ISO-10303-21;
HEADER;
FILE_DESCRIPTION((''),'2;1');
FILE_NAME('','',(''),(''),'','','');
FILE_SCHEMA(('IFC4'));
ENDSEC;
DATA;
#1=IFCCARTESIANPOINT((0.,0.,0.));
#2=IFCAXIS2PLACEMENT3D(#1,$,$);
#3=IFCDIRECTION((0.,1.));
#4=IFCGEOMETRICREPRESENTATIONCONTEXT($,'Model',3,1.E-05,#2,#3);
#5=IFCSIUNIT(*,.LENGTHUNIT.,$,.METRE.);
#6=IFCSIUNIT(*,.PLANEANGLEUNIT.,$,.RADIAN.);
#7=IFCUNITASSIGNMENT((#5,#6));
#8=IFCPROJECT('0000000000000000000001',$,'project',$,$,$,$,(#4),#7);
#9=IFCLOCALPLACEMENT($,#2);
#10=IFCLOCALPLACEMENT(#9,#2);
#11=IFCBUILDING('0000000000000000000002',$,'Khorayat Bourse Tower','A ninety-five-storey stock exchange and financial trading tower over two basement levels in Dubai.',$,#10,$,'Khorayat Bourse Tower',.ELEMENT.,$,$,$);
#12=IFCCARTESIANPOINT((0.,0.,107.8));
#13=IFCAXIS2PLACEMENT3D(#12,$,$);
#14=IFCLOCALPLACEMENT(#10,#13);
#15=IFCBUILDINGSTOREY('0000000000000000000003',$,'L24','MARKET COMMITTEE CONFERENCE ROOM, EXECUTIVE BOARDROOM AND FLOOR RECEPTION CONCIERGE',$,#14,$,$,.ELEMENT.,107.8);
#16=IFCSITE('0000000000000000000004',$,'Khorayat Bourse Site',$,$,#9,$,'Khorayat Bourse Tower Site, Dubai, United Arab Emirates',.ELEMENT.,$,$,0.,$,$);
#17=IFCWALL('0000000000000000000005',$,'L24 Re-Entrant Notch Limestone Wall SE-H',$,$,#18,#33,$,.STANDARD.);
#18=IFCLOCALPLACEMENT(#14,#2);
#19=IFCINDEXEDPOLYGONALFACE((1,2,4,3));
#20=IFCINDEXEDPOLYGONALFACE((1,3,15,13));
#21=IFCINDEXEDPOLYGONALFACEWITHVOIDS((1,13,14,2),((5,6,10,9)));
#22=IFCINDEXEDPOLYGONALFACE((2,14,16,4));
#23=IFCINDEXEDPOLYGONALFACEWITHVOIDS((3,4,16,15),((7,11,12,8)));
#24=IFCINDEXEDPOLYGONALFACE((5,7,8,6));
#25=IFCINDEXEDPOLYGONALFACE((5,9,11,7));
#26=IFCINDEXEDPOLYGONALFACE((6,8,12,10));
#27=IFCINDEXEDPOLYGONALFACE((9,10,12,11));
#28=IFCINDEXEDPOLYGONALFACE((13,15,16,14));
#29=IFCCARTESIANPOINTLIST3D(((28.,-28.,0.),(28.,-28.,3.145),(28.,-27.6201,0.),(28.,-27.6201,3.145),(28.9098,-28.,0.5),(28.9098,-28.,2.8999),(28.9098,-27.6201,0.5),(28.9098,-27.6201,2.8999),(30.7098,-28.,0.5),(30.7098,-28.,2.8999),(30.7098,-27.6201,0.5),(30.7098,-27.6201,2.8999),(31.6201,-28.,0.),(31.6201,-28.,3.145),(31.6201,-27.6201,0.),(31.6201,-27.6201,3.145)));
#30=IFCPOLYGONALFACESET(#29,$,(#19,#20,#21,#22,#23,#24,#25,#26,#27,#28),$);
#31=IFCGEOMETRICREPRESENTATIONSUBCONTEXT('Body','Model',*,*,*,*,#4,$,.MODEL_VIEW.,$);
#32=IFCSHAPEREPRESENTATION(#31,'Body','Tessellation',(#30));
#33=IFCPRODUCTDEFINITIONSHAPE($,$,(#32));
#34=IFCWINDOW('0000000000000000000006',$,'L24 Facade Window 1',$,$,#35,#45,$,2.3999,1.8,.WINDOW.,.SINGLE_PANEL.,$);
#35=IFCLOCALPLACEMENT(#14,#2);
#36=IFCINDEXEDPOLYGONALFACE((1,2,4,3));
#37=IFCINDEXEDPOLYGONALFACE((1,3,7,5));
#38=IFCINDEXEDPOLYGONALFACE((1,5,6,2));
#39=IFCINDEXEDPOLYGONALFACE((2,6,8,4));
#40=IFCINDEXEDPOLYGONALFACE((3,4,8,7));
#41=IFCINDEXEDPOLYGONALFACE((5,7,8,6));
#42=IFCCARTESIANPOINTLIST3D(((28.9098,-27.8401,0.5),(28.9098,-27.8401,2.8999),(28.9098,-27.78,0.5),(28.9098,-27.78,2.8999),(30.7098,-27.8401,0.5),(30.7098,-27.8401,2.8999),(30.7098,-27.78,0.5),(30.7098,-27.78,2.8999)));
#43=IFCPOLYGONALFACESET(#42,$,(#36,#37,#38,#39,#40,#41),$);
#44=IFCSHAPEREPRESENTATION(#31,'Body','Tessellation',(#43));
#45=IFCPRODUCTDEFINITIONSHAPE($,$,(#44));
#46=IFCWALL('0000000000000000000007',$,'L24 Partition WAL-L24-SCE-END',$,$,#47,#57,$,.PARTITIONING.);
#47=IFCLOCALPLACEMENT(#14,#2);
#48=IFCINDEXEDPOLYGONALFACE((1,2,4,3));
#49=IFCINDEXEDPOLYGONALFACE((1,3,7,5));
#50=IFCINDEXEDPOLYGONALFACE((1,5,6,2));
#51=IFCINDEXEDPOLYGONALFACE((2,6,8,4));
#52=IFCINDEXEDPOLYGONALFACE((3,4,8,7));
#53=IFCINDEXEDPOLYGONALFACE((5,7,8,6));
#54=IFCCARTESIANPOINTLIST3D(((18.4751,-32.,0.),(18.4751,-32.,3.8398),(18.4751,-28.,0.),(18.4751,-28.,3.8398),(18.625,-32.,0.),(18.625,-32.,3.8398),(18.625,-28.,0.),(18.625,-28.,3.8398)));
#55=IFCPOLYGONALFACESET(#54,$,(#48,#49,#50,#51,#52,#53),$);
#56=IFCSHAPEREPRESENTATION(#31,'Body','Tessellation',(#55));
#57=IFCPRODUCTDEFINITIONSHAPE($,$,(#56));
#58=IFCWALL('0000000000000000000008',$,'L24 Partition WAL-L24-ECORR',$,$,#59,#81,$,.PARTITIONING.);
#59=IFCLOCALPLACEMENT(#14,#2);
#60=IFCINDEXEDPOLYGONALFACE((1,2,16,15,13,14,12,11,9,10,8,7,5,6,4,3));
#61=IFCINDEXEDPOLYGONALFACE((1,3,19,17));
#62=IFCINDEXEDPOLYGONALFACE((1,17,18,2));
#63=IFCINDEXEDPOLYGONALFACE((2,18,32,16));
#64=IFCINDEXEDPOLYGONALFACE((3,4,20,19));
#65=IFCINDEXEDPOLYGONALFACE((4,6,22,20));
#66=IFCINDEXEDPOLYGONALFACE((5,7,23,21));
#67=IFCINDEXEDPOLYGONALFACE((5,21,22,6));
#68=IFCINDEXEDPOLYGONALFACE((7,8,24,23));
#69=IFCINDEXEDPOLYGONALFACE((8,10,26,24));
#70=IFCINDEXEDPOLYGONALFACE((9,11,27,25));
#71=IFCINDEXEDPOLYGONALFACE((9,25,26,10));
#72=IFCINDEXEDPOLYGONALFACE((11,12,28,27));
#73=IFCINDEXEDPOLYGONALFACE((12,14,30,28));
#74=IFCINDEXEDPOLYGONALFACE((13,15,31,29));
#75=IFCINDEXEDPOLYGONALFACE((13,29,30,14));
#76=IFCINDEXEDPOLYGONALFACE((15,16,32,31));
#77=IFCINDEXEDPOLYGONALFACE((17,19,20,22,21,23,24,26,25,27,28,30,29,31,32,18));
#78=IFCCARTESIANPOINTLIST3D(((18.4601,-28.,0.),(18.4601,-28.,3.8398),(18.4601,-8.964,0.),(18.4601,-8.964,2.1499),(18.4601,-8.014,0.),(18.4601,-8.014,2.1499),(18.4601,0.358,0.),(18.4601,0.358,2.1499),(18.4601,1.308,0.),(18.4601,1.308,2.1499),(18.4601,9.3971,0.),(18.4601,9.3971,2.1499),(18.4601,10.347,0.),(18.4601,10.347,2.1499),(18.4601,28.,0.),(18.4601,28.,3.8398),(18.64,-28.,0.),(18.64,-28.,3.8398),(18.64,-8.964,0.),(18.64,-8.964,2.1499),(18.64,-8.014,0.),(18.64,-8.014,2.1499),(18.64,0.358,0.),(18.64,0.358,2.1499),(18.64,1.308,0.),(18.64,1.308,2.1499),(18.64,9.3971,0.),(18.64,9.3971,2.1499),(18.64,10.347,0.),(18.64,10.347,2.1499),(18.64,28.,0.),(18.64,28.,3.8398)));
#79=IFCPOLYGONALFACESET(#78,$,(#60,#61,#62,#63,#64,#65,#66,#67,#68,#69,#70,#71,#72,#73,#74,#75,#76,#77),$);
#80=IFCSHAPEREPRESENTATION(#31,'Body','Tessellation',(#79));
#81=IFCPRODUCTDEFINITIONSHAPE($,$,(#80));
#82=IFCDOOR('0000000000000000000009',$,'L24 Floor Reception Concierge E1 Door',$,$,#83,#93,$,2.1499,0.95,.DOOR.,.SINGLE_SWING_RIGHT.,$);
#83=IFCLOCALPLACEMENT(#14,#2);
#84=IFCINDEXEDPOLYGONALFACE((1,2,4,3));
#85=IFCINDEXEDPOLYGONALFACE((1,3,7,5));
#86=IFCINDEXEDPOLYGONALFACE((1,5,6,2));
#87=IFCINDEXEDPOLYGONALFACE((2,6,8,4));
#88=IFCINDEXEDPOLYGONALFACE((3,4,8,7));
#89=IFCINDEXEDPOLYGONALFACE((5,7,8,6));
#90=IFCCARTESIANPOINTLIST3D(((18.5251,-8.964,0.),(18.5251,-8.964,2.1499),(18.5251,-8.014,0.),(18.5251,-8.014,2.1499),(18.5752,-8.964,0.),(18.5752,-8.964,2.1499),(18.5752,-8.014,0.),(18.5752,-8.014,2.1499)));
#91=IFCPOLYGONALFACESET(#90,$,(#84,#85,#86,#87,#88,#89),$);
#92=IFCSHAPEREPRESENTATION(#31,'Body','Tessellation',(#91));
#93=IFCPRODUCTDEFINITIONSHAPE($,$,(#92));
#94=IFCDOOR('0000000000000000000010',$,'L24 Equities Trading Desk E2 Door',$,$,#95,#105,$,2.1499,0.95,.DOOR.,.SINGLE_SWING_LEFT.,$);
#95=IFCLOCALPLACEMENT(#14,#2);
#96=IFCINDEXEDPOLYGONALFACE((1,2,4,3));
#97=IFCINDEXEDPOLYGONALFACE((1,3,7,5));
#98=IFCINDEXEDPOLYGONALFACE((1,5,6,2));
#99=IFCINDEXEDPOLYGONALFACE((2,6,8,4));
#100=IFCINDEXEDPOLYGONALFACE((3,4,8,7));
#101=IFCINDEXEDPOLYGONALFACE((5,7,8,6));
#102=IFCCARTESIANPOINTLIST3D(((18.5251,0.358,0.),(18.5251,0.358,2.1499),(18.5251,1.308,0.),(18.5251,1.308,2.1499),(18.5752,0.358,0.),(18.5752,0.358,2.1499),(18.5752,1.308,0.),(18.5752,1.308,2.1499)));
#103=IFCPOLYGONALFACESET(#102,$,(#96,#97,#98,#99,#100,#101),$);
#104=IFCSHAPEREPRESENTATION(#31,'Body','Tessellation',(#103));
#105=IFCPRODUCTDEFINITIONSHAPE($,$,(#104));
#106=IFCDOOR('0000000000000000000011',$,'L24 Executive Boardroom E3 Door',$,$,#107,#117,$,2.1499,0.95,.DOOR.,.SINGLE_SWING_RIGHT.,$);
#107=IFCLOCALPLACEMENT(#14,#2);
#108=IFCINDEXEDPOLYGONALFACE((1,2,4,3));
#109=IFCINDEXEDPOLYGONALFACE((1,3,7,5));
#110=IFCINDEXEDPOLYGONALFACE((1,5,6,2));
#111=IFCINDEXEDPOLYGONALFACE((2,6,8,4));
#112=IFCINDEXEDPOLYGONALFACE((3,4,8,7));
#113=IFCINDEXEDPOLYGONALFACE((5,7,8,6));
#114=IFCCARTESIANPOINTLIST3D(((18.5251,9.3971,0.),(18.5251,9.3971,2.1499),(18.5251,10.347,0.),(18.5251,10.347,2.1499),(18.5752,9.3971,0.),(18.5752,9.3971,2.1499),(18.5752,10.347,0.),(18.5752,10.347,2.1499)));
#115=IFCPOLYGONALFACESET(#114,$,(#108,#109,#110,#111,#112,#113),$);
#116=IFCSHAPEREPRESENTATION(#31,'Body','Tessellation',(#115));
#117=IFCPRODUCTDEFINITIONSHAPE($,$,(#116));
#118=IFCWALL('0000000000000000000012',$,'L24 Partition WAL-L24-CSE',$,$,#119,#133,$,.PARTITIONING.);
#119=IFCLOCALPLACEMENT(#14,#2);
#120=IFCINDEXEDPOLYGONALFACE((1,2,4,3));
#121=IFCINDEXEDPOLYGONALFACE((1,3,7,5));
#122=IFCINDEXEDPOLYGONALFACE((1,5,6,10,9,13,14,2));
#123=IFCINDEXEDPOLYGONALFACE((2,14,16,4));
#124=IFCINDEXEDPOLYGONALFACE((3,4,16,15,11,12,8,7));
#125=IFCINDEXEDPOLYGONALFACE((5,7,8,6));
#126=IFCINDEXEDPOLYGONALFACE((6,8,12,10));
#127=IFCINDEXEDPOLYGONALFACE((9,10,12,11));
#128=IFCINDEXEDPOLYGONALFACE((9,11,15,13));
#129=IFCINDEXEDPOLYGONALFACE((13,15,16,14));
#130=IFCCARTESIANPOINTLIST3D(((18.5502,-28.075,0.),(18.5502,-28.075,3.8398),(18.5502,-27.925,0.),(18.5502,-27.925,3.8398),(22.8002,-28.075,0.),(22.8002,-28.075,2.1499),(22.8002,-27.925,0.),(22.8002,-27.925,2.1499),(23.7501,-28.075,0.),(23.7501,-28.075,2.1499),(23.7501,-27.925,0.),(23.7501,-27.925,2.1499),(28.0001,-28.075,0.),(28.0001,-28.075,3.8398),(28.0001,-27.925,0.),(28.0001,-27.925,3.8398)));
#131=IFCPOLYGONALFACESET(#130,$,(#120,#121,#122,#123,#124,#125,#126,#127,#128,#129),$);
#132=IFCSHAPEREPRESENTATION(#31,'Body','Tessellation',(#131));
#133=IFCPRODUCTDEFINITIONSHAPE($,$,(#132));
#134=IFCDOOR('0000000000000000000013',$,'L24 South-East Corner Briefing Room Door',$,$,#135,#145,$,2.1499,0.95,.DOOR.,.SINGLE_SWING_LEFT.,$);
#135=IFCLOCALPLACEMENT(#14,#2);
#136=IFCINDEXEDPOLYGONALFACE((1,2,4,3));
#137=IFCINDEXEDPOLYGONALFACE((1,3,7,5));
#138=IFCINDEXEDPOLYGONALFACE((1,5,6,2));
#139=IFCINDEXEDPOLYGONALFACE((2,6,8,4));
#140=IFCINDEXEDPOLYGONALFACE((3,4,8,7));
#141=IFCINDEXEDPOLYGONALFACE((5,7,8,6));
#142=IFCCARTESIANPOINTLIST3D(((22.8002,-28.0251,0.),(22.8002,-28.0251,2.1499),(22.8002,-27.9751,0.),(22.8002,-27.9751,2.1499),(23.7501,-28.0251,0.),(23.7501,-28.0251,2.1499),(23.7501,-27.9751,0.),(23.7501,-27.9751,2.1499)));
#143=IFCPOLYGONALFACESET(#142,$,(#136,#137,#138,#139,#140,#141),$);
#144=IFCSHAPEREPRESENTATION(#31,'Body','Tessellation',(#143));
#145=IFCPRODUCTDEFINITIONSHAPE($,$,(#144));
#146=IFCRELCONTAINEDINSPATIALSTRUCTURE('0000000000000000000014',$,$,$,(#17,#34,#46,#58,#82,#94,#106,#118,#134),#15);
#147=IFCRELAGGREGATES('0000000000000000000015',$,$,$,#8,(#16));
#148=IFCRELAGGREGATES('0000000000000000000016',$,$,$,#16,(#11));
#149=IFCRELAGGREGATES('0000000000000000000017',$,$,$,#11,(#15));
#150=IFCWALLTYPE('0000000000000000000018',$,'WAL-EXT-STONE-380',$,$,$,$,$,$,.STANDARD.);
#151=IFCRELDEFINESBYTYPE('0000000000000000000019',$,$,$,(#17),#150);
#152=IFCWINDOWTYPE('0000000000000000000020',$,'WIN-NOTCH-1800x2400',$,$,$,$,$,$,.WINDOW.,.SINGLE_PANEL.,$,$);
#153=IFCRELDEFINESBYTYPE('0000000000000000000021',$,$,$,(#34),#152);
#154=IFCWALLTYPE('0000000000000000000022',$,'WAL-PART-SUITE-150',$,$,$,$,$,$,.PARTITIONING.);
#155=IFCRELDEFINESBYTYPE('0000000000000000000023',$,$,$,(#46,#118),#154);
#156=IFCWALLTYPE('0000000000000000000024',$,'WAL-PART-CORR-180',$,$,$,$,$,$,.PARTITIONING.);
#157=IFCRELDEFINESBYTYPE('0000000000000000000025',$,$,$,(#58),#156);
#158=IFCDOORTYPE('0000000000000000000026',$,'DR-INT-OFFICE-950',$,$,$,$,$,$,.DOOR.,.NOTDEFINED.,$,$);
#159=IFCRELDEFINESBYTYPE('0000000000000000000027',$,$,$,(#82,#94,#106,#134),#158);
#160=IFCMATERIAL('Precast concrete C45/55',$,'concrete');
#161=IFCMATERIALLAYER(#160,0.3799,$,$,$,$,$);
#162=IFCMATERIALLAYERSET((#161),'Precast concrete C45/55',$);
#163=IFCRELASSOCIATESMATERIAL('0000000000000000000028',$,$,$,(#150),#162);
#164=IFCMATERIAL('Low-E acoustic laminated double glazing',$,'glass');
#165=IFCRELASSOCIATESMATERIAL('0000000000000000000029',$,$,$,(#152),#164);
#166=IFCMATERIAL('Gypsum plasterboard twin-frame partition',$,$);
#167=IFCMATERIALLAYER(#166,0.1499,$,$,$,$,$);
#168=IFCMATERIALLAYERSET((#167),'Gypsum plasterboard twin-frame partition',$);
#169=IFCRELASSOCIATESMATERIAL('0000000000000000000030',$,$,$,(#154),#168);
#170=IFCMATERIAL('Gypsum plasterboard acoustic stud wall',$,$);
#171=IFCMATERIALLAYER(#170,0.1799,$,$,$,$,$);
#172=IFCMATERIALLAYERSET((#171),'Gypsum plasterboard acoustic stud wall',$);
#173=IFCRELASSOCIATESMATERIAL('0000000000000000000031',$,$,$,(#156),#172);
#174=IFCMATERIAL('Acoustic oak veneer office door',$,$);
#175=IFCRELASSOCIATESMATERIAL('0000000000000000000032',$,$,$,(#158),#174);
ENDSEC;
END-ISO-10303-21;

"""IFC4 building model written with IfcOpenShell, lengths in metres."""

from ifc_helpers import new_model, si_unit, direction, frame, frame_2d, origin, place, context, subcontext, project, spatial, rectangle, extrude, source, transform, mapped, material, layer, layer_set, type_object, element, fill, save


model = new_model("IFC4")

# Units and contexts
model_context = context("Model", 3, precision=1e-05, world=origin(), true_north=direction((0.0, 1.0)))
body_context = subcontext(model_context, "Body", "Model", "MODEL_VIEW")
ifc_project = project(units=[si_unit("LENGTHUNIT", "METRE"), si_unit("PLANEANGLEUNIT", "RADIAN")], contexts=[model_context])

# Site, building, storey
site_placement = place(None, origin())
site = spatial("IfcSite", under=ifc_project, at=site_placement, Name="Khorayat Bourse Site", LongName="Khorayat Bourse Tower Site, Dubai, United Arab Emirates", CompositionType="ELEMENT", RefElevation=0.0)
building_placement = place(site_placement, origin())
building = spatial("IfcBuilding", under=site, at=building_placement, Name="Khorayat Bourse Tower", Description="A ninety-five-storey stock exchange and financial trading tower over two basement levels in Dubai.", LongName="Khorayat Bourse Tower", CompositionType="ELEMENT")
storey_placement = place(building_placement, frame((0.0, 0.0, 107.8)))
storey = spatial("IfcBuildingStorey", under=building, at=storey_placement, Name="L24", Description="MARKET COMMITTEE CONFERENCE ROOM, EXECUTIVE BOARDROOM AND FLOOR RECEPTION CONCIERGE", CompositionType="ELEMENT", Elevation=107.8)

# Wall, opening, window
ifc_material_1 = material(Name="Precast concrete C45/55", Category="concrete")
ifc_layer_1 = layer(ifc_material_1, 0.3799)
ifc_layer_set_1 = layer_set([ifc_layer_1], Name="Precast concrete C45/55")
wall_type_1 = type_object("IfcWallType", Name="WAL-EXT-STONE-380", PredefinedType="STANDARD", material=ifc_layer_set_1)
shared_shape_1 = source(origin(), body_context, "Body", "SweptSolid", [
    extrude(rectangle(XDim=3.6201, YDim=0.3799, at=frame_2d((1.8101, 0.0))), origin(), (0.0, 0.0, 1.0), 3.145),
])
shared_shape_2 = source(origin(), body_context, "Body", "SweptSolid", [
    extrude(rectangle(XDim=1.8, YDim=2.3999, at=frame_2d((0.8999, 1.2))), frame((0.0, 0.2, 0.0), z_axis=(0.0, -1.0, 0.0), x_axis=(1.0, 0.0, 0.0)), (0.0, 0.0, 1.0), 0.3999),
])
ifc_material_2 = material(Name="Low-E acoustic laminated double glazing", Category="glass")
window_type = type_object("IfcWindowType", Name="WIN-NOTCH-1800x2400", PartitioningType="SINGLE_PANEL", PredefinedType="WINDOW", material=ifc_material_2)
shared_shape_3 = source(origin(), body_context, "Body", "SweptSolid", [
    extrude(rectangle(XDim=1.8, YDim=2.3999, at=frame_2d((0.8999, 1.2))), frame((0.0, 0.03, 0.0), z_axis=(0.0, -1.0, 0.0), x_axis=(1.0, 0.0, 0.0)), (0.0, 0.0, 1.0), 0.0601),
])
wall_1_placement = place(storey_placement, frame((28.0, -27.8101, 0.0), z_axis=(0.0, 0.0, 1.0), x_axis=(1.0, 0.0, 0.0)))
wall_1 = element("IfcWall", 1, at=wall_1_placement, inside=storey, type_object=wall_type_1, Name="L24 Re-Entrant Notch Limestone Wall SE-H", PredefinedType="STANDARD", context=body_context, shape_type="MappedRepresentation", body=[
    mapped(shared_shape_1, transform((0.0, 0.0, 0.0), scale=1.0)),
])
opening_1_placement = place(wall_1_placement, frame((0.9099, 0.0, 0.5)))
opening_1 = element("IfcOpeningElement", 2, at=opening_1_placement, cuts=wall_1, PredefinedType="OPENING", context=body_context, shape_type="MappedRepresentation", body=[
    mapped(shared_shape_2, transform((0.0, 0.0, 0.0), scale=1.0)),
])
window_1_placement = place(opening_1_placement, origin())
window_1 = element("IfcWindow", 3, at=window_1_placement, inside=storey, type_object=window_type, Name="L24 Facade Window 1", OverallHeight=2.3999, OverallWidth=1.8, PartitioningType="SINGLE_PANEL", PredefinedType="WINDOW", context=body_context, shape_type="MappedRepresentation", body=[
    mapped(shared_shape_3, transform((0.0, 0.0, 0.0), scale=1.0)),
])
fill(opening_1, window_1)

# Wall
ifc_material_3 = material(Name="Gypsum plasterboard twin-frame partition")
ifc_layer_2 = layer(ifc_material_3, 0.1499)
ifc_layer_set_2 = layer_set([ifc_layer_2], Name="Gypsum plasterboard twin-frame partition")
wall_type_2 = type_object("IfcWallType", Name="WAL-PART-SUITE-150", PredefinedType="PARTITIONING", material=ifc_layer_set_2)
shared_shape_4 = source(origin(), body_context, "Body", "SweptSolid", [
    extrude(rectangle(XDim=4.0, YDim=0.1499, at=frame_2d((2.0, 0.0))), origin(), (0.0, 0.0, 1.0), 3.8398),
])
wall_2_placement = place(storey_placement, frame((18.55, -32.0, 0.0), z_axis=(0.0, 0.0, 1.0), x_axis=(0.0, 1.0, 0.0)))
element("IfcWall", 4, at=wall_2_placement, inside=storey, type_object=wall_type_2, Name="L24 Partition WAL-L24-SCE-END", PredefinedType="PARTITIONING", context=body_context, shape_type="MappedRepresentation", body=[
    mapped(shared_shape_4, transform((0.0, 0.0, 0.0), scale=1.0)),
])

# Wall, openings, doors
ifc_material_4 = material(Name="Gypsum plasterboard acoustic stud wall")
ifc_layer_3 = layer(ifc_material_4, 0.1799)
ifc_layer_set_3 = layer_set([ifc_layer_3], Name="Gypsum plasterboard acoustic stud wall")
wall_type_3 = type_object("IfcWallType", Name="WAL-PART-CORR-180", PredefinedType="PARTITIONING", material=ifc_layer_set_3)
shared_shape_5 = source(origin(), body_context, "Body", "SweptSolid", [
    extrude(rectangle(XDim=56.0, YDim=0.1799, at=frame_2d((28.0, 0.0))), origin(), (0.0, 0.0, 1.0), 3.8398),
])
wall_3_placement = place(storey_placement, frame((18.55, -28.0, 0.0), z_axis=(0.0, 0.0, 1.0), x_axis=(0.0, 1.0, 0.0)))
wall_3 = element("IfcWall", 5, at=wall_3_placement, inside=storey, type_object=wall_type_3, Name="L24 Partition WAL-L24-ECORR", PredefinedType="PARTITIONING", context=body_context, shape_type="MappedRepresentation", body=[
    mapped(shared_shape_5, transform((0.0, 0.0, 0.0), scale=1.0)),
])
shared_shape_6 = source(origin(), body_context, "Body", "SweptSolid", [
    extrude(rectangle(XDim=0.95, YDim=2.1499, at=frame_2d((0.4751, 1.075))), frame((0.0, 0.0999, 0.0), z_axis=(0.0, -1.0, 0.0), x_axis=(1.0, 0.0, 0.0)), (0.0, 0.0, 1.0), 0.2),
])
opening_2_placement = place(wall_3_placement, frame((19.0359, 0.0, 0.0)))
opening_2 = element("IfcOpeningElement", 6, at=opening_2_placement, cuts=wall_3, PredefinedType="OPENING", context=body_context, shape_type="MappedRepresentation", body=[
    mapped(shared_shape_6, transform((0.0, 0.0, 0.0), scale=1.0)),
])
opening_3_placement = place(wall_3_placement, frame((28.3579, 0.0, 0.0)))
opening_3 = element("IfcOpeningElement", 7, at=opening_3_placement, cuts=wall_3, PredefinedType="OPENING", context=body_context, shape_type="MappedRepresentation", body=[
    mapped(shared_shape_6, transform((0.0, 0.0, 0.0), scale=1.0)),
])
opening_4_placement = place(wall_3_placement, frame((37.397, 0.0, 0.0)))
opening_4 = element("IfcOpeningElement", 8, at=opening_4_placement, cuts=wall_3, PredefinedType="OPENING", context=body_context, shape_type="MappedRepresentation", body=[
    mapped(shared_shape_6, transform((0.0, 0.0, 0.0), scale=1.0)),
])
ifc_material_5 = material(Name="Acoustic oak veneer office door")
door_type = type_object("IfcDoorType", Name="DR-INT-OFFICE-950", OperationType="NOTDEFINED", PredefinedType="DOOR", material=ifc_material_5)
shared_shape_7 = source(origin(), body_context, "Body", "SweptSolid", [
    extrude(rectangle(XDim=0.95, YDim=2.1499, at=frame_2d((0.4751, 1.075))), frame((0.0, 0.0249, 0.0), z_axis=(0.0, -1.0, 0.0), x_axis=(1.0, 0.0, 0.0)), (0.0, 0.0, 1.0), 0.05),
])
door_1_placement = place(opening_2_placement, origin())
door_1 = element("IfcDoor", 9, at=door_1_placement, inside=storey, type_object=door_type, Name="L24 Floor Reception Concierge E1 Door", OperationType="SINGLE_SWING_RIGHT", OverallHeight=2.1499, OverallWidth=0.95, PredefinedType="DOOR", context=body_context, shape_type="MappedRepresentation", body=[
    mapped(shared_shape_7, transform((0.0, 0.0, 0.0), scale=1.0)),
])
fill(opening_2, door_1)
door_2_placement = place(opening_3_placement, origin())
door_2 = element("IfcDoor", 10, at=door_2_placement, inside=storey, type_object=door_type, Name="L24 Equities Trading Desk E2 Door", OperationType="SINGLE_SWING_LEFT", OverallHeight=2.1499, OverallWidth=0.95, PredefinedType="DOOR", context=body_context, shape_type="MappedRepresentation", body=[
    mapped(shared_shape_7, transform((0.0, 0.0, 0.0), scale=1.0)),
])
fill(opening_3, door_2)
door_3_placement = place(opening_4_placement, origin())
door_3 = element("IfcDoor", 11, at=door_3_placement, inside=storey, type_object=door_type, Name="L24 Executive Boardroom E3 Door", OperationType="SINGLE_SWING_RIGHT", OverallHeight=2.1499, OverallWidth=0.95, PredefinedType="DOOR", context=body_context, shape_type="MappedRepresentation", body=[
    mapped(shared_shape_7, transform((0.0, 0.0, 0.0), scale=1.0)),
])
fill(opening_4, door_3)

# Wall, opening, door
shared_shape_8 = source(origin(), body_context, "Body", "SweptSolid", [
    extrude(rectangle(XDim=9.45, YDim=0.1499, at=frame_2d((4.7251, 0.0))), origin(), (0.0, 0.0, 1.0), 3.8398),
])
wall_4_placement = place(storey_placement, frame((18.55, -28.0, 0.0), z_axis=(0.0, 0.0, 1.0), x_axis=(1.0, 0.0, 0.0)))
wall_4 = element("IfcWall", 12, at=wall_4_placement, inside=storey, type_object=wall_type_2, Name="L24 Partition WAL-L24-CSE", PredefinedType="PARTITIONING", context=body_context, shape_type="MappedRepresentation", body=[
    mapped(shared_shape_8, transform((0.0, 0.0, 0.0), scale=1.0)),
])
shared_shape_9 = source(origin(), body_context, "Body", "SweptSolid", [
    extrude(rectangle(XDim=0.95, YDim=2.1499, at=frame_2d((0.4751, 1.075))), frame((0.0, 0.085, 0.0), z_axis=(0.0, -1.0, 0.0), x_axis=(1.0, 0.0, 0.0)), (0.0, 0.0, 1.0), 0.1699),
])
opening_5_placement = place(wall_4_placement, frame((4.25, 0.0, 0.0)))
opening_5 = element("IfcOpeningElement", 13, at=opening_5_placement, cuts=wall_4, PredefinedType="OPENING", context=body_context, shape_type="MappedRepresentation", body=[
    mapped(shared_shape_9, transform((0.0, 0.0, 0.0), scale=1.0)),
])
door_4_placement = place(opening_5_placement, origin())
door_4 = element("IfcDoor", 14, at=door_4_placement, inside=storey, type_object=door_type, Name="L24 South-East Corner Briefing Room Door", OperationType="SINGLE_SWING_LEFT", OverallHeight=2.1499, OverallWidth=0.95, PredefinedType="DOOR", context=body_context, shape_type="MappedRepresentation", body=[
    mapped(shared_shape_7, transform((0.0, 0.0, 0.0), scale=1.0)),
])
fill(opening_5, door_4)

save(model, "model.ifc")
